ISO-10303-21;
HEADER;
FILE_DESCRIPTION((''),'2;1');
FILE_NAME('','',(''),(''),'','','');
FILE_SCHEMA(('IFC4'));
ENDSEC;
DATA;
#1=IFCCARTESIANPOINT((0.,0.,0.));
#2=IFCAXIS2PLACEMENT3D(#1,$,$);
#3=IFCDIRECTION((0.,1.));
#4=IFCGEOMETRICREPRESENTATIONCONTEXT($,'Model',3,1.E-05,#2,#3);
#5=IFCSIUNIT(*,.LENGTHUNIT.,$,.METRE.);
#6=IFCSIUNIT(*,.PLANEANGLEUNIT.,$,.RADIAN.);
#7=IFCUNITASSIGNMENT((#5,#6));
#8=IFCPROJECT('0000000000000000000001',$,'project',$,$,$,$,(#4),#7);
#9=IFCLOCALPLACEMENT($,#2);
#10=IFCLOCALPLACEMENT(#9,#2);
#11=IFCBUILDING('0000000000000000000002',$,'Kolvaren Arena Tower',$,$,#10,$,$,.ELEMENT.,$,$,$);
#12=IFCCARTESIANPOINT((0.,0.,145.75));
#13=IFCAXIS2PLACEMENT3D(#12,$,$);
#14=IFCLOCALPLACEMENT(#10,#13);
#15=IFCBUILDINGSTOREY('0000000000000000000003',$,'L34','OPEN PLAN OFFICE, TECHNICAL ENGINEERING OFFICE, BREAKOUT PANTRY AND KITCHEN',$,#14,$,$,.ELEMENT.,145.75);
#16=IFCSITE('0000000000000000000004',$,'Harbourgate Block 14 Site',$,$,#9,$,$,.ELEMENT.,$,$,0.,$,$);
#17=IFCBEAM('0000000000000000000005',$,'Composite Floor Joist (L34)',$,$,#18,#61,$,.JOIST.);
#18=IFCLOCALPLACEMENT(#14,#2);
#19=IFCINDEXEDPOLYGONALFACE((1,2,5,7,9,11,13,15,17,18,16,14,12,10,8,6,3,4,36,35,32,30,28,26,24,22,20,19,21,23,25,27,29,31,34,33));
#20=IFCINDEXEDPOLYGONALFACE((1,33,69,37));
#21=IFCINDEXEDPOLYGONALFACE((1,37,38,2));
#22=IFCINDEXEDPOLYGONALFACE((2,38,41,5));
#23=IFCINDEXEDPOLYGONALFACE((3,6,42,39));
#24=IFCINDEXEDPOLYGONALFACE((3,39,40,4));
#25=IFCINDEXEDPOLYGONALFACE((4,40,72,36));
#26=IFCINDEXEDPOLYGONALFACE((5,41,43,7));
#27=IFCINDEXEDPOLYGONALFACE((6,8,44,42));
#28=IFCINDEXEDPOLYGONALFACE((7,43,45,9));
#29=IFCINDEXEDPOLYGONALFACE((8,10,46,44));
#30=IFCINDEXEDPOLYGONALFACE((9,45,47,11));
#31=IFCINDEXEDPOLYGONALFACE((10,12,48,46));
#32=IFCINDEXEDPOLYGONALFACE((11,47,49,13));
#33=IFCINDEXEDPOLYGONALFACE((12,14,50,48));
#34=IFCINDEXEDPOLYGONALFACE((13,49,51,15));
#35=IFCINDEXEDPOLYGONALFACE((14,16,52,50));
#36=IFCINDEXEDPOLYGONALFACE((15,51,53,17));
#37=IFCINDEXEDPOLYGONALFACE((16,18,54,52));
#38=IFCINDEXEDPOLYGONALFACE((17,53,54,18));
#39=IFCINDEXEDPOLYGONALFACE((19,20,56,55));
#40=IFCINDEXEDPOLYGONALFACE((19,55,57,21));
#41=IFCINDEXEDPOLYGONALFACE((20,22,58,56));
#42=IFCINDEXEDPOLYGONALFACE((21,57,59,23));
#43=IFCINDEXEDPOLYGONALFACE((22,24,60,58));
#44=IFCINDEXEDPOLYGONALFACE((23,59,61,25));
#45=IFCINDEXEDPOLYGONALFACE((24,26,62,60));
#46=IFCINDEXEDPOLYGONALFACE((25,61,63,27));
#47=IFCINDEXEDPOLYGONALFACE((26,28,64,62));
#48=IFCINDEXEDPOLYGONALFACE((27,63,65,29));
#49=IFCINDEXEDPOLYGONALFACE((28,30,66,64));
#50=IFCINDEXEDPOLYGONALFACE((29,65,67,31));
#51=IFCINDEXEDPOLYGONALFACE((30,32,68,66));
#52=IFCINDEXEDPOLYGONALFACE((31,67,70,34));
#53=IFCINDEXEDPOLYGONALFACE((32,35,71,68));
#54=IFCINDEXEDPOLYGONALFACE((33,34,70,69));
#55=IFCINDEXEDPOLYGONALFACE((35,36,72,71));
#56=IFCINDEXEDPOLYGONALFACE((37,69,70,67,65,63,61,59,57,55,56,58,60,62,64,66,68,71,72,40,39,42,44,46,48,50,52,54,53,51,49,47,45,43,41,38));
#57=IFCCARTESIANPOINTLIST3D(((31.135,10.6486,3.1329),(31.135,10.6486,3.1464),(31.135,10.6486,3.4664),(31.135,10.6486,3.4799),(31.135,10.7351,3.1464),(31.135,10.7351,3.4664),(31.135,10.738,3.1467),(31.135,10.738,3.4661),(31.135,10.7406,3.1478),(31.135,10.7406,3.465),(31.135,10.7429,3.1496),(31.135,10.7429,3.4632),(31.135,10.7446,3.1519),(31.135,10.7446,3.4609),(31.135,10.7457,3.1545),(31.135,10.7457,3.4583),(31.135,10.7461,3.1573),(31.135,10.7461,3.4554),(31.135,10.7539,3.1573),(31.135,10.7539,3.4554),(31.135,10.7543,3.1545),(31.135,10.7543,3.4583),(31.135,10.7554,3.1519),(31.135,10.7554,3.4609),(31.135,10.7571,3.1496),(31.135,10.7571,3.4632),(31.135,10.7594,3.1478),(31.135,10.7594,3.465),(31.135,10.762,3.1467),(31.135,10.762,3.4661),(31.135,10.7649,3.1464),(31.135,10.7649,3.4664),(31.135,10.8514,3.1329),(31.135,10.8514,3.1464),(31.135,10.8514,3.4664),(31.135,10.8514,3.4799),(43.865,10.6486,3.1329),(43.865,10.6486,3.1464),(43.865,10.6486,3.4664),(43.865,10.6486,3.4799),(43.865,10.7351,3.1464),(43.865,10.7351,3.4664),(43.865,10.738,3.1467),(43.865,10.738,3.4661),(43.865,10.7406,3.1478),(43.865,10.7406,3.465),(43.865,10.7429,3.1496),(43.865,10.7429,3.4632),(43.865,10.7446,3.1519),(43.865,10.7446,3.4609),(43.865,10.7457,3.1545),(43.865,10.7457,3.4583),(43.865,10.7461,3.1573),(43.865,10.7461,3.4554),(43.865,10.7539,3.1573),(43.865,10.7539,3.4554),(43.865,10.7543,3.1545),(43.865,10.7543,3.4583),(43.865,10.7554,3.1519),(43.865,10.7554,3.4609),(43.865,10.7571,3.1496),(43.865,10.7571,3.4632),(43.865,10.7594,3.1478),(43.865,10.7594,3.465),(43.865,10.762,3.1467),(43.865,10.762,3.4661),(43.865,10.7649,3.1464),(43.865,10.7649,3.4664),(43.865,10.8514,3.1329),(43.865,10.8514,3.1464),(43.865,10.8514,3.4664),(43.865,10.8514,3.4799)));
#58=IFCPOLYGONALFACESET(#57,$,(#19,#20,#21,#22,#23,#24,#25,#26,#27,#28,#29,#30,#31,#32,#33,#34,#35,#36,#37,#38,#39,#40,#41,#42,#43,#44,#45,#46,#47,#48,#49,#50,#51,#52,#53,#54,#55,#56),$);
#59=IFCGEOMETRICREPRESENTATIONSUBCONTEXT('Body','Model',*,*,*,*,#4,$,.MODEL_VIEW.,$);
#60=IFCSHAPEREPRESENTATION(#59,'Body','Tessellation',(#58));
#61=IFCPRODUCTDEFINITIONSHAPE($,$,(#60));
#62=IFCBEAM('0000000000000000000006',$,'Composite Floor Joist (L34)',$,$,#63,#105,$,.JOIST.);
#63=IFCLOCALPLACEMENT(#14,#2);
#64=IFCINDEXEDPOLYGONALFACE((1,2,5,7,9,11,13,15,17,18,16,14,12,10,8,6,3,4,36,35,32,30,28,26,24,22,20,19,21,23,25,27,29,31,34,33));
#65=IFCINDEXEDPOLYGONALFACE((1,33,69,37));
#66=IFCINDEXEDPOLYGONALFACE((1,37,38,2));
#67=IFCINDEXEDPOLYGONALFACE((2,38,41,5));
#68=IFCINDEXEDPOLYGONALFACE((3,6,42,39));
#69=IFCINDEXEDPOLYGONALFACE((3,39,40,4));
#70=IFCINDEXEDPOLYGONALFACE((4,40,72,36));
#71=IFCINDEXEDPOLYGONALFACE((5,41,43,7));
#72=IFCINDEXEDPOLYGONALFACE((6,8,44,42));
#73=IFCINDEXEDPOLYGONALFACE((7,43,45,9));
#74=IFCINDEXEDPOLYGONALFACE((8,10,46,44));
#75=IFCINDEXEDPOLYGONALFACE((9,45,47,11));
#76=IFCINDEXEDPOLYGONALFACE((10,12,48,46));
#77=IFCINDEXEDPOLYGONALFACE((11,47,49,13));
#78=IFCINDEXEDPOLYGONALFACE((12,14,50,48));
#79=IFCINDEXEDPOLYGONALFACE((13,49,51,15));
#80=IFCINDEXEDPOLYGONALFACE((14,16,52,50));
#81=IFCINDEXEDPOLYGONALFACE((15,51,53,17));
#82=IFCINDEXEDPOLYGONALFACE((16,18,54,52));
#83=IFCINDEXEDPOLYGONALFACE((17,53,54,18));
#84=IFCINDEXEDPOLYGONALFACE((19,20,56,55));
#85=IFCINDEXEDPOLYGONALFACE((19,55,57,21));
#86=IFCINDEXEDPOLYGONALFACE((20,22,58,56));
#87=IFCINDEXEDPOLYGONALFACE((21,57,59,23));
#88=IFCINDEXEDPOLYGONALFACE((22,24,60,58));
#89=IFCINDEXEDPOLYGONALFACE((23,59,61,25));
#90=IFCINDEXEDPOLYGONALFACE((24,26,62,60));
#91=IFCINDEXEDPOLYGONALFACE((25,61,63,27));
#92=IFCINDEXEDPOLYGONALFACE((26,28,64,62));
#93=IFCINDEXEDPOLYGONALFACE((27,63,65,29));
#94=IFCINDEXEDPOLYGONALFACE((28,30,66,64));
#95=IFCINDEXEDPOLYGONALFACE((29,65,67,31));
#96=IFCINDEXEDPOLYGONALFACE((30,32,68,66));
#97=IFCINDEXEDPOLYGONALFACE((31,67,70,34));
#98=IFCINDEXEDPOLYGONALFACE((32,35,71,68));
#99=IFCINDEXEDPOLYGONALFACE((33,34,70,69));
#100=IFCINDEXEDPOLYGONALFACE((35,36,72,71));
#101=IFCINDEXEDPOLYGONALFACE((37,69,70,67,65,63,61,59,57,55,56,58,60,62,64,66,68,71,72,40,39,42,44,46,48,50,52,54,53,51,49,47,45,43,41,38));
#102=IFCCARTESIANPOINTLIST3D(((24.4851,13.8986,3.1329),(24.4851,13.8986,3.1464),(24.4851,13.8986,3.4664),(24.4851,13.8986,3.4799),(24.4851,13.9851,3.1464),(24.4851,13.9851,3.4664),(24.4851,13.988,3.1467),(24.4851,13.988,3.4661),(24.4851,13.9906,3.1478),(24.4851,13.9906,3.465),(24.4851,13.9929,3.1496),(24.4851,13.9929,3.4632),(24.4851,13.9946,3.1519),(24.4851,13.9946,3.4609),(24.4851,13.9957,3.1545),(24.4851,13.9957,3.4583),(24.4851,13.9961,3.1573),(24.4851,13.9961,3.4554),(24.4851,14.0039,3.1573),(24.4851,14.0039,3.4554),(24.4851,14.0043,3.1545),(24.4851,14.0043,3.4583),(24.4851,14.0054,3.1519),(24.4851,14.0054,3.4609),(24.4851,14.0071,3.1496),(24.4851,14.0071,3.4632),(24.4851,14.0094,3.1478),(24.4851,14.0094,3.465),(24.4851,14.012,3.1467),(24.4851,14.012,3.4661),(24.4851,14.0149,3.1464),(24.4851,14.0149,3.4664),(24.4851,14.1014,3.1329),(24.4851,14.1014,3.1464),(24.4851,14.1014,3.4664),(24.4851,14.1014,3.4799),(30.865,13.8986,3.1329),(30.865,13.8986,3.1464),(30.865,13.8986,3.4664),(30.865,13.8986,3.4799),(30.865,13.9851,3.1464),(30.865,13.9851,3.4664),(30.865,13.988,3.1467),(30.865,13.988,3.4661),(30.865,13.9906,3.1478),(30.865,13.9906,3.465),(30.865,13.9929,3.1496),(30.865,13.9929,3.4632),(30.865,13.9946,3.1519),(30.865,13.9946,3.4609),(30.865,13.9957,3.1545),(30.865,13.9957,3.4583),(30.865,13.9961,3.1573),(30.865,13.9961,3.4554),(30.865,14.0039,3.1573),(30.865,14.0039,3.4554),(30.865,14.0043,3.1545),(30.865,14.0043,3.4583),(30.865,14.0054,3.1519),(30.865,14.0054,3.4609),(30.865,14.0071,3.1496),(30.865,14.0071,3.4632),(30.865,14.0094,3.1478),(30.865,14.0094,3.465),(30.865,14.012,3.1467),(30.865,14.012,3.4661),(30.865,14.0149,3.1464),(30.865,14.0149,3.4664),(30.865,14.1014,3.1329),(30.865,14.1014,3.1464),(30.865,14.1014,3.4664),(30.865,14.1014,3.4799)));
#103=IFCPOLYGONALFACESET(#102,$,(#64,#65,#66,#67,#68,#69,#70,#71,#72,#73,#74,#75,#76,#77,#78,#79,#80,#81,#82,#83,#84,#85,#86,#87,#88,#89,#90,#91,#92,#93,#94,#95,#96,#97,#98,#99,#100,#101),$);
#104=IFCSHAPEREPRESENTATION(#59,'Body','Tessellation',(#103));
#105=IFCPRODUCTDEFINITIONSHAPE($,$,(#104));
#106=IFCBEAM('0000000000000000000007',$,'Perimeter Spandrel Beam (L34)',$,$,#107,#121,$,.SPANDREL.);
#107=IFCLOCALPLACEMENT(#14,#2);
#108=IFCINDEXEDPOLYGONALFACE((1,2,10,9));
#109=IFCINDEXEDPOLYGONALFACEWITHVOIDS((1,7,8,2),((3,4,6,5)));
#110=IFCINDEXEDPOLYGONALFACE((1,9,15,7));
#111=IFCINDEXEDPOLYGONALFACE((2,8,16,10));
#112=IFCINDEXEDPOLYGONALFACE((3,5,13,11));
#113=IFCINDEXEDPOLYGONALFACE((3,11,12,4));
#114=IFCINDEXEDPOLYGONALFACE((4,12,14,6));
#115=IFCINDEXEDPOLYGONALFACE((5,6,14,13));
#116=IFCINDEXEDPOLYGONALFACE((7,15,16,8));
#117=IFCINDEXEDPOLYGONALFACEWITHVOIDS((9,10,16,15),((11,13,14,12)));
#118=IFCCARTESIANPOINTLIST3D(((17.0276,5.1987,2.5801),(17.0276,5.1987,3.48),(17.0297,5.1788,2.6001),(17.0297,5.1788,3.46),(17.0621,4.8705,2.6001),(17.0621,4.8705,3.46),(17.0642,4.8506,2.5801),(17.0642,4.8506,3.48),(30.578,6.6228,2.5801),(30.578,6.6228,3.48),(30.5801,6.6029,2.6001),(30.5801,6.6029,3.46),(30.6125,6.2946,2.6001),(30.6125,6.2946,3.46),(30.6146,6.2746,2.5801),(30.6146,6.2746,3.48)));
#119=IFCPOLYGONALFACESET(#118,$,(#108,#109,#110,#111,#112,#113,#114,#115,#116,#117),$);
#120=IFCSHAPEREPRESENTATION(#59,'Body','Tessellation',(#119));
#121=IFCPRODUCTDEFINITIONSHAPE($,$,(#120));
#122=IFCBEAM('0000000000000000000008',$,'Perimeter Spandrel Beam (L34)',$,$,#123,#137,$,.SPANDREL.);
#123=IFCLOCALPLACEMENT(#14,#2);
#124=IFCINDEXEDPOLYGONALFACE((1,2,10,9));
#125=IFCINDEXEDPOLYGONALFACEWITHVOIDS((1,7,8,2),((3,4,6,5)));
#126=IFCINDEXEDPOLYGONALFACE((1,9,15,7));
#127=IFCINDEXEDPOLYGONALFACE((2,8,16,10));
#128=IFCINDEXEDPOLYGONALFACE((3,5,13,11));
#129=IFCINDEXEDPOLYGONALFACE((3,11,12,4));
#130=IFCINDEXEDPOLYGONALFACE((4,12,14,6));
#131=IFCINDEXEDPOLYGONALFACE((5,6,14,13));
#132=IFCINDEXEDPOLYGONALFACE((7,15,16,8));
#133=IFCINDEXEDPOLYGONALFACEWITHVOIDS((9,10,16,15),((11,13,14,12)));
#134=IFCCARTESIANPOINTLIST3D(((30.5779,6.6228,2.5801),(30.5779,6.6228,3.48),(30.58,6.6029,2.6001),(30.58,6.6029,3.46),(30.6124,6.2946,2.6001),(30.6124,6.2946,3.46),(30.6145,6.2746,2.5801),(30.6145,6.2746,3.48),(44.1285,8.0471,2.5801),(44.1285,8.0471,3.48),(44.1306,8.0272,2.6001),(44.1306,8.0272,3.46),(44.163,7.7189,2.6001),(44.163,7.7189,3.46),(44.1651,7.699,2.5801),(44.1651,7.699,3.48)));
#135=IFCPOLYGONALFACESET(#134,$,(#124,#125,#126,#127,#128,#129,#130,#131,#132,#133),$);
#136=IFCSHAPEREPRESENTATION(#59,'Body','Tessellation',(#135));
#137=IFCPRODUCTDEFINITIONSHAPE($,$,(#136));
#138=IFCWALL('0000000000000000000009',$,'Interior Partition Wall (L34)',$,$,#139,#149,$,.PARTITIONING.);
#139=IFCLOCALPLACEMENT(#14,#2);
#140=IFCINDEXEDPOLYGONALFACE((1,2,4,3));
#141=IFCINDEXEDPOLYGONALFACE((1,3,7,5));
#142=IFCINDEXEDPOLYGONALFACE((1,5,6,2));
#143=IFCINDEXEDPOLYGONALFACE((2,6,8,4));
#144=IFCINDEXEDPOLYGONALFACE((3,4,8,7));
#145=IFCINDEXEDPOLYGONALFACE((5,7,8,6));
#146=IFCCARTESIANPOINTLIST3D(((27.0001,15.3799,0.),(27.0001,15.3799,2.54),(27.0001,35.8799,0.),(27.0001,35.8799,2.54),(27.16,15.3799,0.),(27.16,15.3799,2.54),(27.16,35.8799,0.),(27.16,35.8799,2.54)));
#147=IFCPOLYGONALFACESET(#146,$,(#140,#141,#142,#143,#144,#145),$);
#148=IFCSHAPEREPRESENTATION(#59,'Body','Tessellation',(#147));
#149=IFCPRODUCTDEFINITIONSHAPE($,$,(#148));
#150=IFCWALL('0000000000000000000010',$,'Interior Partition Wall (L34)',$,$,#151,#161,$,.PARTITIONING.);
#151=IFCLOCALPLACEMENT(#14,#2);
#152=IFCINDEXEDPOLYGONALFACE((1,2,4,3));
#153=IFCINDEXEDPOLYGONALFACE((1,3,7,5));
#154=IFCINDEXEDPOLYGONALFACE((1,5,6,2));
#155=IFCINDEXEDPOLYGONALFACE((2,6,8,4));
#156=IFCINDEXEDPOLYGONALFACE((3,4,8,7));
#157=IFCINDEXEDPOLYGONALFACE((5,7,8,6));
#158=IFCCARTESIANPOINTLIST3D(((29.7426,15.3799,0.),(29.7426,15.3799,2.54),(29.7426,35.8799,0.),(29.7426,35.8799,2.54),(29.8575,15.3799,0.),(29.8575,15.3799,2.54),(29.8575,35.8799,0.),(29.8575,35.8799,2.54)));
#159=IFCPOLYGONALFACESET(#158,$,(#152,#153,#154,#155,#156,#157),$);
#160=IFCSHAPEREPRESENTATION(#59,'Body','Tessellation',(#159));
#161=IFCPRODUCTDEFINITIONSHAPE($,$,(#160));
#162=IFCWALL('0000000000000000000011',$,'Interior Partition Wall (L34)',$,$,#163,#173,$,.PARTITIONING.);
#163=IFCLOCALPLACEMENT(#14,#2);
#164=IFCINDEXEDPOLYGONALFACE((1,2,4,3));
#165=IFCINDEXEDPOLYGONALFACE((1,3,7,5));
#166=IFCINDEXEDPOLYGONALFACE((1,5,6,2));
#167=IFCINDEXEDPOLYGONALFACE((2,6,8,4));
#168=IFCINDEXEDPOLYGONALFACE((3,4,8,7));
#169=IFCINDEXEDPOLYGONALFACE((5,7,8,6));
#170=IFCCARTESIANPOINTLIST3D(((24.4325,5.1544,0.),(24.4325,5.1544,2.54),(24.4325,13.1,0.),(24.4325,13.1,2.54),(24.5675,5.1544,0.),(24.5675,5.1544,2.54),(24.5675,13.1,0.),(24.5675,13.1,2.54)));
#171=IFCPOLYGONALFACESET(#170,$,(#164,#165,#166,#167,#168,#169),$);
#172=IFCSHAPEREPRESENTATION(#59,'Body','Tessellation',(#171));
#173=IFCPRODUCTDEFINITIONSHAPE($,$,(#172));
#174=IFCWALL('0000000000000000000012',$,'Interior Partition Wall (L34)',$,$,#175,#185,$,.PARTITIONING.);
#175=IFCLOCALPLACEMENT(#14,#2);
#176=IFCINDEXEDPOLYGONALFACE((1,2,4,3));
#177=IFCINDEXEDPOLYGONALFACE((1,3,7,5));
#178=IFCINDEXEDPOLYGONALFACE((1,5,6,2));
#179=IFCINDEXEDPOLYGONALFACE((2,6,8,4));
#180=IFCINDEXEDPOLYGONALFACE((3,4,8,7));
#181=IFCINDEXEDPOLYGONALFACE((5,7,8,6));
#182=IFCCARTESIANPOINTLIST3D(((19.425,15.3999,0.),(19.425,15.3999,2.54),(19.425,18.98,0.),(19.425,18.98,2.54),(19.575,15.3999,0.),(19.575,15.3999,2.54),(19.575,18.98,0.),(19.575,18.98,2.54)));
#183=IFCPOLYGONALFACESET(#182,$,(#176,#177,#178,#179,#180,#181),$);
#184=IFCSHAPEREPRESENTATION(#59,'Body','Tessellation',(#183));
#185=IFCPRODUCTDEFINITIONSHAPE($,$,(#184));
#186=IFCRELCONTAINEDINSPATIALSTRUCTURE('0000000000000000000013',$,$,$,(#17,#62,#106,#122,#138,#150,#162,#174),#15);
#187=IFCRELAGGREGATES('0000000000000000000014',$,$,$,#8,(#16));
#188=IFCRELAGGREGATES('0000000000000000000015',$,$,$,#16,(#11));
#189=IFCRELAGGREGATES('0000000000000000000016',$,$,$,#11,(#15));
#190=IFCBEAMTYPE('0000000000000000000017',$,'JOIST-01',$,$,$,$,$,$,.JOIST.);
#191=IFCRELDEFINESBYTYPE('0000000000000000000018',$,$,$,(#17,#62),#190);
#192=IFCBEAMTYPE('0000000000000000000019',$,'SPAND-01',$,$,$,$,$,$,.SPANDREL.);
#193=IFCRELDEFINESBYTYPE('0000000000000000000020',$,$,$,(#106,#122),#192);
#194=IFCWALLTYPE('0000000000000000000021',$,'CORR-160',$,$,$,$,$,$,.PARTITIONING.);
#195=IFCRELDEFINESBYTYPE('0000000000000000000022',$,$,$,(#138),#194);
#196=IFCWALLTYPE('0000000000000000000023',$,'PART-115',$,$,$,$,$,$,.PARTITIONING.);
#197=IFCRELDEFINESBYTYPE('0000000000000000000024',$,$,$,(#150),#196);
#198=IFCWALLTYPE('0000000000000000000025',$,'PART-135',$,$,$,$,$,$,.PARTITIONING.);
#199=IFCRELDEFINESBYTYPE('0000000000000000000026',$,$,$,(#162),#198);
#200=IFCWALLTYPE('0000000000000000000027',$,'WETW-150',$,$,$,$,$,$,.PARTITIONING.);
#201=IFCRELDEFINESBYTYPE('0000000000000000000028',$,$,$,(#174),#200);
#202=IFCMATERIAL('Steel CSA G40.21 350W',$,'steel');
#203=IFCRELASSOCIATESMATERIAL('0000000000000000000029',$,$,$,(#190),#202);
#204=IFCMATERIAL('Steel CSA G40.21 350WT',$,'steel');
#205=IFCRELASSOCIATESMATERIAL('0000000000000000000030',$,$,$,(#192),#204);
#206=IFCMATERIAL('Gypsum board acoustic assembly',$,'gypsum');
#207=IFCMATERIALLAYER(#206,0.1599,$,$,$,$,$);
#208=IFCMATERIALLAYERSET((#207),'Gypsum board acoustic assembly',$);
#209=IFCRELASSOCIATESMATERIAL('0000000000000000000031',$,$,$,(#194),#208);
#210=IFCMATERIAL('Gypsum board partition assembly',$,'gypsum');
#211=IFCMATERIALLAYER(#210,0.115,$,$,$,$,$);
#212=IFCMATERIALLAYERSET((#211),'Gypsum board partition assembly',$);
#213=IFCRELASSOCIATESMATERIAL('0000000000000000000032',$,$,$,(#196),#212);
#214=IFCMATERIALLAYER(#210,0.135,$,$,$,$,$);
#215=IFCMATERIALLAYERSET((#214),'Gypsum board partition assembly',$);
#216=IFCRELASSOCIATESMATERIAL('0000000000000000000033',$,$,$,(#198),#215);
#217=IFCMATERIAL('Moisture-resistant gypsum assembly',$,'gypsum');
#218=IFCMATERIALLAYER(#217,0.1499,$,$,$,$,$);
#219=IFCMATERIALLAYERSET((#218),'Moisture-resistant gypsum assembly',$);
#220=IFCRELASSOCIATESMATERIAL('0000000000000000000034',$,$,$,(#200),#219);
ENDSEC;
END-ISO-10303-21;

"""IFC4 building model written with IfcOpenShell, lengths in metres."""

from ifc_helpers import new_model, si_unit, direction, frame, frame_2d, origin, origin_2d, place, context, subcontext, project, spatial, rectangle, hollow_rectangle, i_section, extrude, material, layer, layer_set, material_profile, profile_set, type_object, element, save


model = new_model("IFC4")

# Units and contexts
model_context = context("Model", 3, precision=1e-05, world=origin(), true_north=direction((0.0, 1.0)))
body_context = subcontext(model_context, "Body", "Model", "MODEL_VIEW")
ifc_project = project(units=[si_unit("LENGTHUNIT", "METRE"), si_unit("PLANEANGLEUNIT", "RADIAN")], contexts=[model_context])

# Site, building, storey
site_placement = place(None, origin())
site = spatial("IfcSite", under=ifc_project, at=site_placement, Name="Harbourgate Block 14 Site", CompositionType="ELEMENT", RefElevation=0.0)
building_placement = place(site_placement, origin())
building = spatial("IfcBuilding", under=site, at=building_placement, Name="Kolvaren Arena Tower", CompositionType="ELEMENT")
storey_placement = place(building_placement, frame((0.0, 0.0, 145.75)))
storey = spatial("IfcBuildingStorey", under=building, at=storey_placement, Name="L34", Description="OPEN PLAN OFFICE, TECHNICAL ENGINEERING OFFICE, BREAKOUT PANTRY AND KITCHEN", CompositionType="ELEMENT", Elevation=145.75)

# Beams
ifc_material_1 = material(Name="Steel CSA G40.21 350W", Category="steel")
ifc_material_profile_1 = material_profile(ifc_material_1, i_section(OverallWidth=0.2029, OverallDepth=0.3469, WebThickness=0.0078, FlangeThickness=0.0134, FilletRadius=0.011, at=origin_2d()), Name="W360x64")
ifc_profile_set_1 = profile_set([ifc_material_profile_1], Name="Steel CSA G40.21 350W")
beam_type_1 = type_object("IfcBeamType", Name="JOIST-01", PredefinedType="JOIST", material=ifc_profile_set_1)
beam_1_placement = place(storey_placement, frame((31.135, 10.75, 3.3064), z_axis=(1.0, 0.0, 0.0), x_axis=(0.0, 1.0, 0.0)))
element("IfcBeam", 1, at=beam_1_placement, inside=storey, type_object=beam_type_1, Name="Composite Floor Joist (L34)", PredefinedType="JOIST", context=body_context, shape_type="SweptSolid", body=[
    extrude(i_section(OverallWidth=0.2029, OverallDepth=0.3469, WebThickness=0.0078, FlangeThickness=0.0134, FilletRadius=0.011, at=origin_2d()), origin(), (0.0, 0.0, 1.0), 12.73),
])
beam_2_placement = place(storey_placement, frame((24.4851, 14.0, 3.3064), z_axis=(1.0, 0.0, 0.0), x_axis=(0.0, 1.0, 0.0)))
element("IfcBeam", 2, at=beam_2_placement, inside=storey, type_object=beam_type_1, Name="Composite Floor Joist (L34)", PredefinedType="JOIST", context=body_context, shape_type="SweptSolid", body=[
    extrude(i_section(OverallWidth=0.2029, OverallDepth=0.3469, WebThickness=0.0078, FlangeThickness=0.0134, FilletRadius=0.011, at=origin_2d()), origin(), (0.0, 0.0, 1.0), 6.3799),
])
ifc_material_2 = material(Name="Steel CSA G40.21 350WT", Category="steel")
ifc_material_profile_2 = material_profile(ifc_material_2, hollow_rectangle(XDim=0.3501, YDim=0.8999, WallThickness=0.02, at=origin_2d()), Name="HSS 900x350x20")
ifc_profile_set_2 = profile_set([ifc_material_profile_2], Name="Steel CSA G40.21 350WT")
beam_type_2 = type_object("IfcBeamType", Name="SPAND-01", PredefinedType="SPANDREL", material=ifc_profile_set_2)
beam_3_placement = place(storey_placement, frame((17.0459, 5.0247, 3.03), z_axis=(0.994523, 0.10452, 0.0), x_axis=(-0.10452, 0.994523, 0.0)))
element("IfcBeam", 3, at=beam_3_placement, inside=storey, type_object=beam_type_2, Name="Perimeter Spandrel Beam (L34)", PredefinedType="SPANDREL", context=body_context, shape_type="SweptSolid", body=[
    extrude(hollow_rectangle(XDim=0.3501, YDim=0.8999, WallThickness=0.02, at=origin_2d()), origin(), (0.0, 0.0, 1.0), 13.625),
])
beam_4_placement = place(storey_placement, frame((30.5962, 6.4487, 3.03), z_axis=(0.994521, 0.104536, 0.0), x_axis=(-0.104536, 0.994521, 0.0)))
element("IfcBeam", 4, at=beam_4_placement, inside=storey, type_object=beam_type_2, Name="Perimeter Spandrel Beam (L34)", PredefinedType="SPANDREL", context=body_context, shape_type="SweptSolid", body=[
    extrude(hollow_rectangle(XDim=0.3501, YDim=0.8999, WallThickness=0.02, at=origin_2d()), origin(), (0.0, 0.0, 1.0), 13.6252),
])

# Shared definitions
ifc_material_3 = material(Name="Gypsum board acoustic assembly", Category="gypsum")
ifc_layer_1 = layer(ifc_material_3, 0.1599)
ifc_layer_set_1 = layer_set([ifc_layer_1], Name="Gypsum board acoustic assembly")
wall_type_1 = type_object("IfcWallType", Name="CORR-160", PredefinedType="PARTITIONING", material=ifc_layer_set_1)

# Walls
wall_1_placement = place(storey_placement, frame((27.0801, 15.3799, 0.0), z_axis=(0.0, 0.0, 1.0), x_axis=(0.0, 1.0, 0.0)))
element("IfcWall", 5, at=wall_1_placement, inside=storey, type_object=wall_type_1, Name="Interior Partition Wall (L34)", PredefinedType="PARTITIONING", context=body_context, shape_type="SweptSolid", body=[
    extrude(rectangle(XDim=20.5, YDim=0.1599, at=frame_2d((10.25, 0.0))), origin(), (0.0, 0.0, 1.0), 2.54),
])
ifc_material_4 = material(Name="Gypsum board partition assembly", Category="gypsum")
ifc_layer_2 = layer(ifc_material_4, 0.115)
ifc_layer_set_2 = layer_set([ifc_layer_2], Name="Gypsum board partition assembly")
wall_type_2 = type_object("IfcWallType", Name="PART-115", PredefinedType="PARTITIONING", material=ifc_layer_set_2)
wall_2_placement = place(storey_placement, frame((29.8, 15.3799, 0.0), z_axis=(0.0, 0.0, 1.0), x_axis=(0.0, 1.0, 0.0)))
element("IfcWall", 6, at=wall_2_placement, inside=storey, type_object=wall_type_2, Name="Interior Partition Wall (L34)", PredefinedType="PARTITIONING", context=body_context, shape_type="SweptSolid", body=[
    extrude(rectangle(XDim=20.5, YDim=0.115, at=frame_2d((10.25, 0.0))), origin(), (0.0, 0.0, 1.0), 2.54),
])
ifc_layer_3 = layer(ifc_material_4, 0.135)
ifc_layer_set_3 = layer_set([ifc_layer_3], Name="Gypsum board partition assembly")
wall_type_3 = type_object("IfcWallType", Name="PART-135", PredefinedType="PARTITIONING", material=ifc_layer_set_3)
wall_3_placement = place(storey_placement, frame((24.5, 5.1545, 0.0), z_axis=(0.0, 0.0, 1.0), x_axis=(0.0, 1.0, 0.0)))
element("IfcWall", 7, at=wall_3_placement, inside=storey, type_object=wall_type_3, Name="Interior Partition Wall (L34)", PredefinedType="PARTITIONING", context=body_context, shape_type="SweptSolid", body=[
    extrude(rectangle(XDim=7.9456, YDim=0.135, at=frame_2d((3.9727, 0.0))), origin(), (0.0, 0.0, 1.0), 2.54),
])
ifc_material_5 = material(Name="Moisture-resistant gypsum assembly", Category="gypsum")
ifc_layer_4 = layer(ifc_material_5, 0.1499)
ifc_layer_set_4 = layer_set([ifc_layer_4], Name="Moisture-resistant gypsum assembly")
wall_type_4 = type_object("IfcWallType", Name="WETW-150", PredefinedType="PARTITIONING", material=ifc_layer_set_4)
for number, where, z_axis, x_axis, name in (
    (8, (19.5, 15.3999, 0.0), (0.0, 0.0, 1.0), (0.0, 1.0, 0.0), "Interior Partition Wall (L34)"),
):
    element("IfcWall", number, at=place(storey_placement, frame(where, z_axis=z_axis, x_axis=x_axis)), inside=storey, type_object=wall_type_4, Name=name, PredefinedType="PARTITIONING", context=body_context, shape_type="SweptSolid", body=[
        extrude(rectangle(XDim=3.5801, YDim=0.1499, at=frame_2d((1.79, 0.0))), origin(), (0.0, 0.0, 1.0), 2.54),
    ])

save(model, "model.ifc")
